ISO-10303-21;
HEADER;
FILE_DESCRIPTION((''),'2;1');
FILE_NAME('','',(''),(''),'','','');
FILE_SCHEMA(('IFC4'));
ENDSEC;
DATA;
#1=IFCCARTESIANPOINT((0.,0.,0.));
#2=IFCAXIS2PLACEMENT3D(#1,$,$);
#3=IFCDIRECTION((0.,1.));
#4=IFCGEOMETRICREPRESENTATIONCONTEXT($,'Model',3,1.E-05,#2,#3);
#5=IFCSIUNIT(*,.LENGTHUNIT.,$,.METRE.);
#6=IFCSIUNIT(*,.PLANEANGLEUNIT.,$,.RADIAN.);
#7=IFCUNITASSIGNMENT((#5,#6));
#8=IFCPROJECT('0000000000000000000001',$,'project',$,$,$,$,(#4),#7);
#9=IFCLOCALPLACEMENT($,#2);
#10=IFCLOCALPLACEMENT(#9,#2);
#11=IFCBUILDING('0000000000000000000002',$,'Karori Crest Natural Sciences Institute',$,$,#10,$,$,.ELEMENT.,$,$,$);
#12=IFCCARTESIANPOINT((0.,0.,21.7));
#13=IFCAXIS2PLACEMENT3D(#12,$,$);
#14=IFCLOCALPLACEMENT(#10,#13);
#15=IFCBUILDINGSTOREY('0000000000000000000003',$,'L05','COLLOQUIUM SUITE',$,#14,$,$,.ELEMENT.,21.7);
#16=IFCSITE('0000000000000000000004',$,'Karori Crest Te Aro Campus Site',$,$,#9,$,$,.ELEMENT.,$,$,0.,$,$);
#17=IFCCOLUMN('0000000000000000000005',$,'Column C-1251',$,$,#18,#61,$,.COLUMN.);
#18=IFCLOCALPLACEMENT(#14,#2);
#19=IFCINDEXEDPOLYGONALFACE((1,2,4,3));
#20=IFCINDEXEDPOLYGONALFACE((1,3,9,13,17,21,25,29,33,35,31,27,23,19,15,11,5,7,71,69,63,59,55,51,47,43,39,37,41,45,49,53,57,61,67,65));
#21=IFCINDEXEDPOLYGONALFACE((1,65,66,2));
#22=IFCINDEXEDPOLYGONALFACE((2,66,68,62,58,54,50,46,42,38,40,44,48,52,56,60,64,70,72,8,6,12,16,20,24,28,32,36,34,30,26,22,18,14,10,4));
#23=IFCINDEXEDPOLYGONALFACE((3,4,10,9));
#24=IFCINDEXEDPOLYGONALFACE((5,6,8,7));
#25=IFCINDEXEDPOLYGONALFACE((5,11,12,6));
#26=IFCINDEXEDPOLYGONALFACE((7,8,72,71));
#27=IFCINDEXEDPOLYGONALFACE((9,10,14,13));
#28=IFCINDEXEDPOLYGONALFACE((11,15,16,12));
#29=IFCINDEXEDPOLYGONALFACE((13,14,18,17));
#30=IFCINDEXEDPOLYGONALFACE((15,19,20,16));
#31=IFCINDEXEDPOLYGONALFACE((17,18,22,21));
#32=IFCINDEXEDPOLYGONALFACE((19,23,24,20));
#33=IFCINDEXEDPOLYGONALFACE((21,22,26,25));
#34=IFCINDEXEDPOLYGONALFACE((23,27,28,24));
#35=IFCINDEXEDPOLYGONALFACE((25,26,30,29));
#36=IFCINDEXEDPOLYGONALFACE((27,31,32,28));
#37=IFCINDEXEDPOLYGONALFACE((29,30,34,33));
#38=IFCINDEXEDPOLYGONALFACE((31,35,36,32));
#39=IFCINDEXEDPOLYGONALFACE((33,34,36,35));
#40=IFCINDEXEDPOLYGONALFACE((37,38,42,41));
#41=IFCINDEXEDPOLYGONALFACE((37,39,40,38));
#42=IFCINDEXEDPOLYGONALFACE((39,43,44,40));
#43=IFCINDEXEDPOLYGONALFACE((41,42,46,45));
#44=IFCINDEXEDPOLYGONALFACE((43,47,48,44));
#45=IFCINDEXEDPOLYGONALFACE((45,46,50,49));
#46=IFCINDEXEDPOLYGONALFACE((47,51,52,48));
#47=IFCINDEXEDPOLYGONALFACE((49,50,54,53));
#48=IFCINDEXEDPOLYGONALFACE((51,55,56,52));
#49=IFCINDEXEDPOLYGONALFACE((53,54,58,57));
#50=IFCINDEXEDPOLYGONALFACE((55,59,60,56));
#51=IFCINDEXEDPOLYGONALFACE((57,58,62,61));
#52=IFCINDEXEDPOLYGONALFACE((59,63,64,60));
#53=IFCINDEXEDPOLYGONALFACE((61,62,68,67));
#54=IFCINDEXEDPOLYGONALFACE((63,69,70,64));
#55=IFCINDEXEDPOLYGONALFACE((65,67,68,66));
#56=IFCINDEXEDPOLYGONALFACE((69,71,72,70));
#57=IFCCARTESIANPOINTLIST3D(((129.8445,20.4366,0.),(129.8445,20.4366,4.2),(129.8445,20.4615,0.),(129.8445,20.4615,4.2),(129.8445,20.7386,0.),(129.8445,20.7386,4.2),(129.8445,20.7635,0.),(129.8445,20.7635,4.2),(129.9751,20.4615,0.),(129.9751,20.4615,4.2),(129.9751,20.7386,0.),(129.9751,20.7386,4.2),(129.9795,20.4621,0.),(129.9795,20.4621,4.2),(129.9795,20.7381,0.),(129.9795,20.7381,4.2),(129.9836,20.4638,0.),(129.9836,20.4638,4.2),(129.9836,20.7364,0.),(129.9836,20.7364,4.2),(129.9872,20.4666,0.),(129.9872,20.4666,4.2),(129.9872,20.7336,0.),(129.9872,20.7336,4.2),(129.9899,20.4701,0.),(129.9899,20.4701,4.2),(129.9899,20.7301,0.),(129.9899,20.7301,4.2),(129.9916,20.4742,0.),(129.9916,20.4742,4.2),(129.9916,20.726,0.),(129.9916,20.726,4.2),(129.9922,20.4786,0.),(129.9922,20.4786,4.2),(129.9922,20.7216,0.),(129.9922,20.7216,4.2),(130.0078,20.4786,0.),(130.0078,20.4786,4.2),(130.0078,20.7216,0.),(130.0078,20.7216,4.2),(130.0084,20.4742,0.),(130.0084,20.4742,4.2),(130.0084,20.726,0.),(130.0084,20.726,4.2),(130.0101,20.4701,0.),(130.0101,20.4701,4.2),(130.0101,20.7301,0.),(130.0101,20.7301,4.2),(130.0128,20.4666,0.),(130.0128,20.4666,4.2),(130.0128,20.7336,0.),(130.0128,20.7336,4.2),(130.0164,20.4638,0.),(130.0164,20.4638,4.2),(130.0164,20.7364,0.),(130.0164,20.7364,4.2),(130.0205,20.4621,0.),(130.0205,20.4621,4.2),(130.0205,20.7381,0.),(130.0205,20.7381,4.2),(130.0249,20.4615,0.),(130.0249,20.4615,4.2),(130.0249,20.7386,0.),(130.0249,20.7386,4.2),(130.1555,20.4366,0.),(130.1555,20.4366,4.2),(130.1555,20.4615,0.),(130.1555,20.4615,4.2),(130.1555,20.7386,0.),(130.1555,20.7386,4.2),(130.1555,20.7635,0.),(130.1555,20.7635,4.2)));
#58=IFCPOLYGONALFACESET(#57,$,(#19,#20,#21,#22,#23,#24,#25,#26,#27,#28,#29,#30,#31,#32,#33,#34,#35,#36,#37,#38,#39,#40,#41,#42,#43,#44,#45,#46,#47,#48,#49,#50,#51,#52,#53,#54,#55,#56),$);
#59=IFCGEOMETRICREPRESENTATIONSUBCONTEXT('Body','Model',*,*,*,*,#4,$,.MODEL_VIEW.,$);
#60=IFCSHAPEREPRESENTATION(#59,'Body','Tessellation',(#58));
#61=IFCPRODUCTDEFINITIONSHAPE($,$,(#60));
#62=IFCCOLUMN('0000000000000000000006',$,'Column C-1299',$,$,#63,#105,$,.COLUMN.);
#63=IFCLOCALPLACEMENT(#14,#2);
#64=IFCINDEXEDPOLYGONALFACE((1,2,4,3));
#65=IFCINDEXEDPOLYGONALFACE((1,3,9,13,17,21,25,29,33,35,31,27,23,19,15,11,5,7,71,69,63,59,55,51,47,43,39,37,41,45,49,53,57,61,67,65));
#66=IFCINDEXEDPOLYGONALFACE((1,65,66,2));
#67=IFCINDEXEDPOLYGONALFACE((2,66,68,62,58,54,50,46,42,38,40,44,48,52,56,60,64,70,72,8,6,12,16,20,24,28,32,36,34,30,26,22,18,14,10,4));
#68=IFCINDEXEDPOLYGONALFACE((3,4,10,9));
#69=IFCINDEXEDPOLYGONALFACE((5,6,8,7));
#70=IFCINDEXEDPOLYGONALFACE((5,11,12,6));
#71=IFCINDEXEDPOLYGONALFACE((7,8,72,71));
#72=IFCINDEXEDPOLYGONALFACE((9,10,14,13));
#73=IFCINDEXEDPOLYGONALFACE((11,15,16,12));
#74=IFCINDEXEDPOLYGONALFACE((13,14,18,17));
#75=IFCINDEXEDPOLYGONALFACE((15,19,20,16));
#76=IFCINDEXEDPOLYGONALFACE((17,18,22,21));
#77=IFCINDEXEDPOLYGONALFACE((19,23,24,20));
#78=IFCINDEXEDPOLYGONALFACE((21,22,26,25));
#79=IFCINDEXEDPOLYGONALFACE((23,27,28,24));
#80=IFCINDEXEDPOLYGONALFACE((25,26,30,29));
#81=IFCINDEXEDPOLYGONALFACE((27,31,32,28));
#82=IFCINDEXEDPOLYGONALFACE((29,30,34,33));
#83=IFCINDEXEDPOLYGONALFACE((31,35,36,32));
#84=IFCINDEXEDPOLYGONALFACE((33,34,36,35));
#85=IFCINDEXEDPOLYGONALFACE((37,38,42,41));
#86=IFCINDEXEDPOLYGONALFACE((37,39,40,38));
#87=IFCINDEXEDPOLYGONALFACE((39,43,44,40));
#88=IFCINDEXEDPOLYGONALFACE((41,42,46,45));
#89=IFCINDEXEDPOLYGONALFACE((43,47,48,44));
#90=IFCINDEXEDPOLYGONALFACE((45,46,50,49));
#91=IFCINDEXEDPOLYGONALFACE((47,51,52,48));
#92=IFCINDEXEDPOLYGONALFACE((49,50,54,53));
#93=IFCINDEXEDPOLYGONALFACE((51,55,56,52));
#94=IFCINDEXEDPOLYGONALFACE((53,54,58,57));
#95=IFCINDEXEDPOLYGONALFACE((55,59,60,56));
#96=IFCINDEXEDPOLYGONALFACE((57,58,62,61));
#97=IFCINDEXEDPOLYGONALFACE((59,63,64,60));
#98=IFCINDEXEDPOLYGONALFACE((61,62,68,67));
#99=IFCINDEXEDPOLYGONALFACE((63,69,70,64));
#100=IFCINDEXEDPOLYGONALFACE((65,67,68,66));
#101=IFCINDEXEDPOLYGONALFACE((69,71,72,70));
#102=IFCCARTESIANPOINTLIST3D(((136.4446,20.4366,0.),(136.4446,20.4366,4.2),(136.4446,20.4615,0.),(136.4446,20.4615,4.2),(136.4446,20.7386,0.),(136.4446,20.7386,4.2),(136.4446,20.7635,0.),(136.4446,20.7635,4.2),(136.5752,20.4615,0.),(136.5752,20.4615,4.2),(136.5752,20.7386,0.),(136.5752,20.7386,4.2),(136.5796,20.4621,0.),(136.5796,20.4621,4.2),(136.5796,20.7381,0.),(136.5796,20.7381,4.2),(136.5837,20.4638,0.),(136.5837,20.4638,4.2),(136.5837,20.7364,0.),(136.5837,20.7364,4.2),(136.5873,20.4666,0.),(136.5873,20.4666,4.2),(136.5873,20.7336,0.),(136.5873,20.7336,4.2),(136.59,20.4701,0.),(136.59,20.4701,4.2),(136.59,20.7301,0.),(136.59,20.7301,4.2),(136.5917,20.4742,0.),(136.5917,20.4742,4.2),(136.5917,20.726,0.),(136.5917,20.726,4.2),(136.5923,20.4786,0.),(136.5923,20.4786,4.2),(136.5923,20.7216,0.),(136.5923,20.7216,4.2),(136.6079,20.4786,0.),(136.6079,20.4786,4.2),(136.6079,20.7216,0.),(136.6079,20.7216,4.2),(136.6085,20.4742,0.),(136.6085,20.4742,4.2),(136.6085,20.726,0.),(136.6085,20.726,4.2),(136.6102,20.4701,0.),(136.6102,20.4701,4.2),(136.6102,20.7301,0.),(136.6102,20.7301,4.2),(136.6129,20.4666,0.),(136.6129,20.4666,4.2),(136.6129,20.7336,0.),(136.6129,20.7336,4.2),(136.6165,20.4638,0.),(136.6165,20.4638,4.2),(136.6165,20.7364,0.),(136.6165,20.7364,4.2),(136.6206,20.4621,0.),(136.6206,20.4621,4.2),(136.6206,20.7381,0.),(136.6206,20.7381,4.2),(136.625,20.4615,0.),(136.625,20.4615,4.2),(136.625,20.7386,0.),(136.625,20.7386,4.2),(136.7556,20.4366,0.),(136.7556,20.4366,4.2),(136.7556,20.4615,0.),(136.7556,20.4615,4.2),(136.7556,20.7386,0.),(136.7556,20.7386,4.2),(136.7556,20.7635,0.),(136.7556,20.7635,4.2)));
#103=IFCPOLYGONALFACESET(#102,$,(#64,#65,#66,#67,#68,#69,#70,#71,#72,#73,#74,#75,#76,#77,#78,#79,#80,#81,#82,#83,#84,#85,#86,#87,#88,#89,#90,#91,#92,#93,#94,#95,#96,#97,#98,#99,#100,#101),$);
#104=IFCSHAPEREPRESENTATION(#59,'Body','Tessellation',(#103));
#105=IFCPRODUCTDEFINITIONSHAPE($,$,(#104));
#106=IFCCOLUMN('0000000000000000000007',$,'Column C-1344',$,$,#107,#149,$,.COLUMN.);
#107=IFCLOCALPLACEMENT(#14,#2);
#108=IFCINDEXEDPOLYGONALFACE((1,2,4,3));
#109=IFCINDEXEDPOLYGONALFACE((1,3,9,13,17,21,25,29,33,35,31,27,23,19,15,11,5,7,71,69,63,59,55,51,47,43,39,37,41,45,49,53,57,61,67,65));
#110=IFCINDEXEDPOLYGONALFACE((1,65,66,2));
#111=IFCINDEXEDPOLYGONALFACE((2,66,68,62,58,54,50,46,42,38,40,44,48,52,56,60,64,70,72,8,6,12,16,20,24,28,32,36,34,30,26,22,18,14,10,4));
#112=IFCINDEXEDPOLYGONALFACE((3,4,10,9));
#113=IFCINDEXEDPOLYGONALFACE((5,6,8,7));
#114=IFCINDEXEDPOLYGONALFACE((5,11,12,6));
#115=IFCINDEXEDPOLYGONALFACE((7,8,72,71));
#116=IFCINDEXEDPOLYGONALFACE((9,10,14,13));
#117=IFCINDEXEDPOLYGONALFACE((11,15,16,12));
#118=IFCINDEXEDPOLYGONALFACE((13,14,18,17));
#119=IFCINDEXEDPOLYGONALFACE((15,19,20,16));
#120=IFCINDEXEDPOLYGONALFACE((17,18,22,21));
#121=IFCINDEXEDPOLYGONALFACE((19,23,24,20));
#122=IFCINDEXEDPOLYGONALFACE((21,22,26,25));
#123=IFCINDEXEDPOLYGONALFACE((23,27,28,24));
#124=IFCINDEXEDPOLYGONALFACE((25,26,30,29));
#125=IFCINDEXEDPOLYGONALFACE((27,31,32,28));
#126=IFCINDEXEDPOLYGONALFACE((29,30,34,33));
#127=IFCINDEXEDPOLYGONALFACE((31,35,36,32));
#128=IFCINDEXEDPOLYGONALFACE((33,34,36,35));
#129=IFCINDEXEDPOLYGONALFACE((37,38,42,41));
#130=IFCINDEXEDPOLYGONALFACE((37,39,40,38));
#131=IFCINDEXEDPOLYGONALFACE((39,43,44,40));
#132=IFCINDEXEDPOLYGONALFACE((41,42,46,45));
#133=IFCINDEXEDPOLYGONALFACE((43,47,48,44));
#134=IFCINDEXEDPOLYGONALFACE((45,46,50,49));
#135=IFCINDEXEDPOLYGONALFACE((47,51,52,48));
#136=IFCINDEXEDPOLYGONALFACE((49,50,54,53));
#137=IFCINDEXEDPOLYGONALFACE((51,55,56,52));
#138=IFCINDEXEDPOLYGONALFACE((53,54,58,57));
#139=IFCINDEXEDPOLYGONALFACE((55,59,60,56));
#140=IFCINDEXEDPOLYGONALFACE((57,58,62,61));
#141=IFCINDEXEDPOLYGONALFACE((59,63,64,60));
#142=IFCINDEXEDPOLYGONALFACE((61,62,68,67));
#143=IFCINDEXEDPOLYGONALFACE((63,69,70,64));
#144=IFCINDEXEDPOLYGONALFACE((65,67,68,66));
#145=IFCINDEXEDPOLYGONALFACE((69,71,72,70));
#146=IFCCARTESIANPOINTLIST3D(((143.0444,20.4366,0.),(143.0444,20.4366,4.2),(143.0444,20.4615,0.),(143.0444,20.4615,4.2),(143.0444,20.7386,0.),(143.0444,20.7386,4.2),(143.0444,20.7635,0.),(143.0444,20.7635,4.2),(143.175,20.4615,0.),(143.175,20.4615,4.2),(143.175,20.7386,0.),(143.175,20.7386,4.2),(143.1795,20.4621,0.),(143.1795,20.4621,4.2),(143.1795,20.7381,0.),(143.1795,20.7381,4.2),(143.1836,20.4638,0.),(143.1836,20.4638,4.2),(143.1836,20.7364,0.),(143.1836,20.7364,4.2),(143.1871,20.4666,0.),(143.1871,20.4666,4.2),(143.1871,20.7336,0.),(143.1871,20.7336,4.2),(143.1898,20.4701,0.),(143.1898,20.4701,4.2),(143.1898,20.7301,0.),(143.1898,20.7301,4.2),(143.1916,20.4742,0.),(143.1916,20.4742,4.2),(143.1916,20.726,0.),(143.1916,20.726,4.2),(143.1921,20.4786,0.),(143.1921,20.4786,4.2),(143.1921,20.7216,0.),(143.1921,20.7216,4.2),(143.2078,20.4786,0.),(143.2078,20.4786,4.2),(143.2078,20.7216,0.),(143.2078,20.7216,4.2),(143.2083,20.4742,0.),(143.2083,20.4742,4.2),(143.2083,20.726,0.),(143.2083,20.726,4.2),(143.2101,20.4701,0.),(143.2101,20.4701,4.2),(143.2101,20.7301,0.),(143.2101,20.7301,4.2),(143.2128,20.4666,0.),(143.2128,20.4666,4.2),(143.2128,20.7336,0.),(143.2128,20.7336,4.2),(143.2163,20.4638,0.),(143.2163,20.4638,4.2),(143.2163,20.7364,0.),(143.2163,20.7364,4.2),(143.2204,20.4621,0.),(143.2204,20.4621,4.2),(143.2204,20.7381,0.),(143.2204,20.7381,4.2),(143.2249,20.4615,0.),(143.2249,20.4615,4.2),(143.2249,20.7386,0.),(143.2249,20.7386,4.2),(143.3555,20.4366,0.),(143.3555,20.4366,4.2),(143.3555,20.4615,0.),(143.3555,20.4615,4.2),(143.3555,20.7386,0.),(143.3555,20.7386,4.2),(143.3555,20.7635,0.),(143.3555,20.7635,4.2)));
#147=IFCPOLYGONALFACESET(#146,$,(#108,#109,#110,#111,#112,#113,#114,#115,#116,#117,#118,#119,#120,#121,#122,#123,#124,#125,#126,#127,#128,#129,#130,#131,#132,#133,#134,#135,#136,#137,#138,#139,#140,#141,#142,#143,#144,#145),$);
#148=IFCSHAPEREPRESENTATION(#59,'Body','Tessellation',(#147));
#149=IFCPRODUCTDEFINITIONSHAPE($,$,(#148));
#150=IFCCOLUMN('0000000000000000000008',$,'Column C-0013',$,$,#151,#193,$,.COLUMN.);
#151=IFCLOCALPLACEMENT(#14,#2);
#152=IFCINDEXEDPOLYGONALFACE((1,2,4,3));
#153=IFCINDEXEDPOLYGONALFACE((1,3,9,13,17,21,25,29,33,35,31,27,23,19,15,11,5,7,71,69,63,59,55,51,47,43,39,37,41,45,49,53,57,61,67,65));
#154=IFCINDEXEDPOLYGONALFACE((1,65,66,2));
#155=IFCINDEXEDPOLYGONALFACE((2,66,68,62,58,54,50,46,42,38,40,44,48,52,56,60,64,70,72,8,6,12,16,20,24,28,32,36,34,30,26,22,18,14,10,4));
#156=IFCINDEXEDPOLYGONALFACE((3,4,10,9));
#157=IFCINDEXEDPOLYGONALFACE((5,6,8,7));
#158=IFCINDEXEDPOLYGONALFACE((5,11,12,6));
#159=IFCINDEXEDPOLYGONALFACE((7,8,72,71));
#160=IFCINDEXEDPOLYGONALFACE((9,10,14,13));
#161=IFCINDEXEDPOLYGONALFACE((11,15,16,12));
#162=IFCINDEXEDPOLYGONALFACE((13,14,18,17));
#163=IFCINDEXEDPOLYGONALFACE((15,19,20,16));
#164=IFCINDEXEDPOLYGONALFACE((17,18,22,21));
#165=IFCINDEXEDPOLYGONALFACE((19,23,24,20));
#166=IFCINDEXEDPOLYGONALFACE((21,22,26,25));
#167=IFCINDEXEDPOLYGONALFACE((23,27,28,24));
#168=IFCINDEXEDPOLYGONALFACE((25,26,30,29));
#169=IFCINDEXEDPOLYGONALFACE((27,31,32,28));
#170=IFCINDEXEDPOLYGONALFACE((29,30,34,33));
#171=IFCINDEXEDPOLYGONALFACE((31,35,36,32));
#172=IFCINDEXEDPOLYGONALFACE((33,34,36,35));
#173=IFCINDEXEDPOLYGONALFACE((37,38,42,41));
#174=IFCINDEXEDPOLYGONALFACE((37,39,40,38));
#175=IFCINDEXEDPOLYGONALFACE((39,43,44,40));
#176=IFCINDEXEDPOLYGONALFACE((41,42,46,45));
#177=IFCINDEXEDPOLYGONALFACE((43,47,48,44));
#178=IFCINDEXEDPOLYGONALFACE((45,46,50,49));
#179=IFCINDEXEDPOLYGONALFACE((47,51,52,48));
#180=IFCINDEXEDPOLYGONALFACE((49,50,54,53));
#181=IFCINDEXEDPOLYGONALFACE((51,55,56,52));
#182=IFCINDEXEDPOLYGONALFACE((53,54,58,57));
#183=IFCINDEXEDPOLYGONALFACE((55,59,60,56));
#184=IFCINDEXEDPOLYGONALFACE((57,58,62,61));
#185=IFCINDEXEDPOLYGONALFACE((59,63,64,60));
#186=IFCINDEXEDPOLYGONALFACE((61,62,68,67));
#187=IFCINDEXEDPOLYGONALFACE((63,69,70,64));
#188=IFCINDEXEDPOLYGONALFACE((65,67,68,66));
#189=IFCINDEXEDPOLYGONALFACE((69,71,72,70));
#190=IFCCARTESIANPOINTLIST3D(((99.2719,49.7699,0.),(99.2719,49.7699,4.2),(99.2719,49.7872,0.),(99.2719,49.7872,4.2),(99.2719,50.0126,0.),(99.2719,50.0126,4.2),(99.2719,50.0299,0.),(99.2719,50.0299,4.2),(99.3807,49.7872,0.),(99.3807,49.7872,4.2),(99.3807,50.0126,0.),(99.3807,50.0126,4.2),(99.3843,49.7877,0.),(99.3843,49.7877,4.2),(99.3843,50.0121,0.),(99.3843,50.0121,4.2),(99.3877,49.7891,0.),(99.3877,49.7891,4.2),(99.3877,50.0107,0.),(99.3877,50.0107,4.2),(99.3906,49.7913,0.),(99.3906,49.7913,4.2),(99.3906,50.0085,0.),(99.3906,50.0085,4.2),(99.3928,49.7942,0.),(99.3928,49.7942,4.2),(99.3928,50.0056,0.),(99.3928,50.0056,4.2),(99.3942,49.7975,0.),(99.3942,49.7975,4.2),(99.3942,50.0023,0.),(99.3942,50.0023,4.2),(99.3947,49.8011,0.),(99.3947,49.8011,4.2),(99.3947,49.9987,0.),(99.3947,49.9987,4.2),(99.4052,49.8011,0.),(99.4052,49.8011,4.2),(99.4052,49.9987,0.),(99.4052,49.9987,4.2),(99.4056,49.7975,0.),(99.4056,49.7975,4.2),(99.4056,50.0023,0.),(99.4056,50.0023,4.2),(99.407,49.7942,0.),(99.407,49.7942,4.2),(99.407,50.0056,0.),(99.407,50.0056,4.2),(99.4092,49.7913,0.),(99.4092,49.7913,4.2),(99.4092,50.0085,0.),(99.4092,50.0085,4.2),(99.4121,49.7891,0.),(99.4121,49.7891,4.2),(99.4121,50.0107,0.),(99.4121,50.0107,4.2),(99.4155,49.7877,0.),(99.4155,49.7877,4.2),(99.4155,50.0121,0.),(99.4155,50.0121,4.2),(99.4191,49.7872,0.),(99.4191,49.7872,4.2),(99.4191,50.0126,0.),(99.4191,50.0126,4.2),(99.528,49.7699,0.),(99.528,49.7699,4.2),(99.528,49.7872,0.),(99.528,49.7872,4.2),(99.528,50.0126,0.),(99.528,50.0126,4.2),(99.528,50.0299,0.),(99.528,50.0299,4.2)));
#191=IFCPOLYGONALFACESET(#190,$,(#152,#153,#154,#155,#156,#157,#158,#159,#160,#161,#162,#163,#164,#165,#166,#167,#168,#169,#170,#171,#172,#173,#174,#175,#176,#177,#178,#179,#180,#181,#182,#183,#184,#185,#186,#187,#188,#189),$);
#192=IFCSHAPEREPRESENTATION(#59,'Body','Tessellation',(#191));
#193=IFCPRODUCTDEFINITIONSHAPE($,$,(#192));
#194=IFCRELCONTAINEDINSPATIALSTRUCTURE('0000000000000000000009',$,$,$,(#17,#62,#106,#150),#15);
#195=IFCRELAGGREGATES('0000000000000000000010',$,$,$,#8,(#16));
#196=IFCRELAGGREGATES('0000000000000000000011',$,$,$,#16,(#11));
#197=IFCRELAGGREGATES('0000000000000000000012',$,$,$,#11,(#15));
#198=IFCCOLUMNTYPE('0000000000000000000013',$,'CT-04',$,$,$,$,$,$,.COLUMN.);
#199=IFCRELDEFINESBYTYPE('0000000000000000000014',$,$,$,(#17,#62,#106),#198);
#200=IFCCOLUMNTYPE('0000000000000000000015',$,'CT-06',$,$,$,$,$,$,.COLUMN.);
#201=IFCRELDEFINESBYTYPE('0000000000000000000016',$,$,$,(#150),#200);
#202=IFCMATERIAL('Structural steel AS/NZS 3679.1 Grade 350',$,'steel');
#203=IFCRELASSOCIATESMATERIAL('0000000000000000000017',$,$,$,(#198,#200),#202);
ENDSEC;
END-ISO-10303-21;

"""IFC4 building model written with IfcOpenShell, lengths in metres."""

from ifc_helpers import new_model, si_unit, direction, frame, origin, origin_2d, place, context, subcontext, project, spatial, i_section, extrude, material, material_profile, profile_set, type_object, element, save


model = new_model("IFC4")

# Units and contexts
model_context = context("Model", 3, precision=1e-05, world=origin(), true_north=direction((0.0, 1.0)))
body_context = subcontext(model_context, "Body", "Model", "MODEL_VIEW")
ifc_project = project(units=[si_unit("LENGTHUNIT", "METRE"), si_unit("PLANEANGLEUNIT", "RADIAN")], contexts=[model_context])

# Site, building, storey
site_placement = place(None, origin())
site = spatial("IfcSite", under=ifc_project, at=site_placement, Name="Karori Crest Te Aro Campus Site", CompositionType="ELEMENT", RefElevation=0.0)
building_placement = place(site_placement, origin())
building = spatial("IfcBuilding", under=site, at=building_placement, Name="Karori Crest Natural Sciences Institute", CompositionType="ELEMENT")
storey_placement = place(building_placement, frame((0.0, 0.0, 21.7)))
storey = spatial("IfcBuildingStorey", under=building, at=storey_placement, Name="L05", Description="COLLOQUIUM SUITE", CompositionType="ELEMENT", Elevation=21.7)

# Columns
ifc_material_1 = material(Name="Structural steel AS/NZS 3679.1 Grade 350", Category="steel")
ifc_material_profile_1 = material_profile(ifc_material_1, i_section(OverallWidth=0.311, OverallDepth=0.3269, WebThickness=0.0156, FlangeThickness=0.0249, FilletRadius=0.0171, at=origin_2d()), Name="310UC158")
ifc_profile_set_1 = profile_set([ifc_material_profile_1], Name="Structural steel AS/NZS 3679.1 Grade 350")
column_type_1 = type_object("IfcColumnType", Name="CT-04", PredefinedType="COLUMN", material=ifc_profile_set_1)
for number, where, z_axis, x_axis, name in (
    (1, (130.0, 20.6001, 0.0), (0.0, 0.0, 1.0), (1.0, 0.0, 0.0), "Column C-1251"),
    (2, (136.6001, 20.6001, 0.0), (0.0, 0.0, 1.0), (1.0, 0.0, 0.0), "Column C-1299"),
    (3, (143.2, 20.6001, 0.0), (0.0, 0.0, 1.0), (1.0, 0.0, 0.0), "Column C-1344"),
):
    element("IfcColumn", number, at=place(storey_placement, frame(where, z_axis=z_axis, x_axis=x_axis)), inside=storey, type_object=column_type_1, Name=name, PredefinedType="COLUMN", context=body_context, shape_type="SweptSolid", body=[
        extrude(i_section(OverallWidth=0.311, OverallDepth=0.3269, WebThickness=0.0156, FlangeThickness=0.0249, FilletRadius=0.0171, at=origin_2d()), origin(), (0.0, 0.0, 1.0), 4.2),
    ])
ifc_material_profile_2 = material_profile(ifc_material_1, i_section(OverallWidth=0.2561, OverallDepth=0.26, WebThickness=0.0105, FlangeThickness=0.0173, FilletRadius=0.0139, at=origin_2d()), Name="250UC89.5")
ifc_profile_set_2 = profile_set([ifc_material_profile_2], Name="Structural steel AS/NZS 3679.1 Grade 350")
column_type_2 = type_object("IfcColumnType", Name="CT-06", PredefinedType="COLUMN", material=ifc_profile_set_2)
column_placement = place(storey_placement, frame((99.3999, 49.8999, 0.0), z_axis=(0.0, 0.0, 1.0), x_axis=(1.0, 0.0, 0.0)))
element("IfcColumn", 4, at=column_placement, inside=storey, type_object=column_type_2, Name="Column C-0013", PredefinedType="COLUMN", context=body_context, shape_type="SweptSolid", body=[
    extrude(i_section(OverallWidth=0.2561, OverallDepth=0.26, WebThickness=0.0105, FlangeThickness=0.0173, FilletRadius=0.0139, at=origin_2d()), origin(), (0.0, 0.0, 1.0), 4.2),
])

save(model, "model.ifc")
